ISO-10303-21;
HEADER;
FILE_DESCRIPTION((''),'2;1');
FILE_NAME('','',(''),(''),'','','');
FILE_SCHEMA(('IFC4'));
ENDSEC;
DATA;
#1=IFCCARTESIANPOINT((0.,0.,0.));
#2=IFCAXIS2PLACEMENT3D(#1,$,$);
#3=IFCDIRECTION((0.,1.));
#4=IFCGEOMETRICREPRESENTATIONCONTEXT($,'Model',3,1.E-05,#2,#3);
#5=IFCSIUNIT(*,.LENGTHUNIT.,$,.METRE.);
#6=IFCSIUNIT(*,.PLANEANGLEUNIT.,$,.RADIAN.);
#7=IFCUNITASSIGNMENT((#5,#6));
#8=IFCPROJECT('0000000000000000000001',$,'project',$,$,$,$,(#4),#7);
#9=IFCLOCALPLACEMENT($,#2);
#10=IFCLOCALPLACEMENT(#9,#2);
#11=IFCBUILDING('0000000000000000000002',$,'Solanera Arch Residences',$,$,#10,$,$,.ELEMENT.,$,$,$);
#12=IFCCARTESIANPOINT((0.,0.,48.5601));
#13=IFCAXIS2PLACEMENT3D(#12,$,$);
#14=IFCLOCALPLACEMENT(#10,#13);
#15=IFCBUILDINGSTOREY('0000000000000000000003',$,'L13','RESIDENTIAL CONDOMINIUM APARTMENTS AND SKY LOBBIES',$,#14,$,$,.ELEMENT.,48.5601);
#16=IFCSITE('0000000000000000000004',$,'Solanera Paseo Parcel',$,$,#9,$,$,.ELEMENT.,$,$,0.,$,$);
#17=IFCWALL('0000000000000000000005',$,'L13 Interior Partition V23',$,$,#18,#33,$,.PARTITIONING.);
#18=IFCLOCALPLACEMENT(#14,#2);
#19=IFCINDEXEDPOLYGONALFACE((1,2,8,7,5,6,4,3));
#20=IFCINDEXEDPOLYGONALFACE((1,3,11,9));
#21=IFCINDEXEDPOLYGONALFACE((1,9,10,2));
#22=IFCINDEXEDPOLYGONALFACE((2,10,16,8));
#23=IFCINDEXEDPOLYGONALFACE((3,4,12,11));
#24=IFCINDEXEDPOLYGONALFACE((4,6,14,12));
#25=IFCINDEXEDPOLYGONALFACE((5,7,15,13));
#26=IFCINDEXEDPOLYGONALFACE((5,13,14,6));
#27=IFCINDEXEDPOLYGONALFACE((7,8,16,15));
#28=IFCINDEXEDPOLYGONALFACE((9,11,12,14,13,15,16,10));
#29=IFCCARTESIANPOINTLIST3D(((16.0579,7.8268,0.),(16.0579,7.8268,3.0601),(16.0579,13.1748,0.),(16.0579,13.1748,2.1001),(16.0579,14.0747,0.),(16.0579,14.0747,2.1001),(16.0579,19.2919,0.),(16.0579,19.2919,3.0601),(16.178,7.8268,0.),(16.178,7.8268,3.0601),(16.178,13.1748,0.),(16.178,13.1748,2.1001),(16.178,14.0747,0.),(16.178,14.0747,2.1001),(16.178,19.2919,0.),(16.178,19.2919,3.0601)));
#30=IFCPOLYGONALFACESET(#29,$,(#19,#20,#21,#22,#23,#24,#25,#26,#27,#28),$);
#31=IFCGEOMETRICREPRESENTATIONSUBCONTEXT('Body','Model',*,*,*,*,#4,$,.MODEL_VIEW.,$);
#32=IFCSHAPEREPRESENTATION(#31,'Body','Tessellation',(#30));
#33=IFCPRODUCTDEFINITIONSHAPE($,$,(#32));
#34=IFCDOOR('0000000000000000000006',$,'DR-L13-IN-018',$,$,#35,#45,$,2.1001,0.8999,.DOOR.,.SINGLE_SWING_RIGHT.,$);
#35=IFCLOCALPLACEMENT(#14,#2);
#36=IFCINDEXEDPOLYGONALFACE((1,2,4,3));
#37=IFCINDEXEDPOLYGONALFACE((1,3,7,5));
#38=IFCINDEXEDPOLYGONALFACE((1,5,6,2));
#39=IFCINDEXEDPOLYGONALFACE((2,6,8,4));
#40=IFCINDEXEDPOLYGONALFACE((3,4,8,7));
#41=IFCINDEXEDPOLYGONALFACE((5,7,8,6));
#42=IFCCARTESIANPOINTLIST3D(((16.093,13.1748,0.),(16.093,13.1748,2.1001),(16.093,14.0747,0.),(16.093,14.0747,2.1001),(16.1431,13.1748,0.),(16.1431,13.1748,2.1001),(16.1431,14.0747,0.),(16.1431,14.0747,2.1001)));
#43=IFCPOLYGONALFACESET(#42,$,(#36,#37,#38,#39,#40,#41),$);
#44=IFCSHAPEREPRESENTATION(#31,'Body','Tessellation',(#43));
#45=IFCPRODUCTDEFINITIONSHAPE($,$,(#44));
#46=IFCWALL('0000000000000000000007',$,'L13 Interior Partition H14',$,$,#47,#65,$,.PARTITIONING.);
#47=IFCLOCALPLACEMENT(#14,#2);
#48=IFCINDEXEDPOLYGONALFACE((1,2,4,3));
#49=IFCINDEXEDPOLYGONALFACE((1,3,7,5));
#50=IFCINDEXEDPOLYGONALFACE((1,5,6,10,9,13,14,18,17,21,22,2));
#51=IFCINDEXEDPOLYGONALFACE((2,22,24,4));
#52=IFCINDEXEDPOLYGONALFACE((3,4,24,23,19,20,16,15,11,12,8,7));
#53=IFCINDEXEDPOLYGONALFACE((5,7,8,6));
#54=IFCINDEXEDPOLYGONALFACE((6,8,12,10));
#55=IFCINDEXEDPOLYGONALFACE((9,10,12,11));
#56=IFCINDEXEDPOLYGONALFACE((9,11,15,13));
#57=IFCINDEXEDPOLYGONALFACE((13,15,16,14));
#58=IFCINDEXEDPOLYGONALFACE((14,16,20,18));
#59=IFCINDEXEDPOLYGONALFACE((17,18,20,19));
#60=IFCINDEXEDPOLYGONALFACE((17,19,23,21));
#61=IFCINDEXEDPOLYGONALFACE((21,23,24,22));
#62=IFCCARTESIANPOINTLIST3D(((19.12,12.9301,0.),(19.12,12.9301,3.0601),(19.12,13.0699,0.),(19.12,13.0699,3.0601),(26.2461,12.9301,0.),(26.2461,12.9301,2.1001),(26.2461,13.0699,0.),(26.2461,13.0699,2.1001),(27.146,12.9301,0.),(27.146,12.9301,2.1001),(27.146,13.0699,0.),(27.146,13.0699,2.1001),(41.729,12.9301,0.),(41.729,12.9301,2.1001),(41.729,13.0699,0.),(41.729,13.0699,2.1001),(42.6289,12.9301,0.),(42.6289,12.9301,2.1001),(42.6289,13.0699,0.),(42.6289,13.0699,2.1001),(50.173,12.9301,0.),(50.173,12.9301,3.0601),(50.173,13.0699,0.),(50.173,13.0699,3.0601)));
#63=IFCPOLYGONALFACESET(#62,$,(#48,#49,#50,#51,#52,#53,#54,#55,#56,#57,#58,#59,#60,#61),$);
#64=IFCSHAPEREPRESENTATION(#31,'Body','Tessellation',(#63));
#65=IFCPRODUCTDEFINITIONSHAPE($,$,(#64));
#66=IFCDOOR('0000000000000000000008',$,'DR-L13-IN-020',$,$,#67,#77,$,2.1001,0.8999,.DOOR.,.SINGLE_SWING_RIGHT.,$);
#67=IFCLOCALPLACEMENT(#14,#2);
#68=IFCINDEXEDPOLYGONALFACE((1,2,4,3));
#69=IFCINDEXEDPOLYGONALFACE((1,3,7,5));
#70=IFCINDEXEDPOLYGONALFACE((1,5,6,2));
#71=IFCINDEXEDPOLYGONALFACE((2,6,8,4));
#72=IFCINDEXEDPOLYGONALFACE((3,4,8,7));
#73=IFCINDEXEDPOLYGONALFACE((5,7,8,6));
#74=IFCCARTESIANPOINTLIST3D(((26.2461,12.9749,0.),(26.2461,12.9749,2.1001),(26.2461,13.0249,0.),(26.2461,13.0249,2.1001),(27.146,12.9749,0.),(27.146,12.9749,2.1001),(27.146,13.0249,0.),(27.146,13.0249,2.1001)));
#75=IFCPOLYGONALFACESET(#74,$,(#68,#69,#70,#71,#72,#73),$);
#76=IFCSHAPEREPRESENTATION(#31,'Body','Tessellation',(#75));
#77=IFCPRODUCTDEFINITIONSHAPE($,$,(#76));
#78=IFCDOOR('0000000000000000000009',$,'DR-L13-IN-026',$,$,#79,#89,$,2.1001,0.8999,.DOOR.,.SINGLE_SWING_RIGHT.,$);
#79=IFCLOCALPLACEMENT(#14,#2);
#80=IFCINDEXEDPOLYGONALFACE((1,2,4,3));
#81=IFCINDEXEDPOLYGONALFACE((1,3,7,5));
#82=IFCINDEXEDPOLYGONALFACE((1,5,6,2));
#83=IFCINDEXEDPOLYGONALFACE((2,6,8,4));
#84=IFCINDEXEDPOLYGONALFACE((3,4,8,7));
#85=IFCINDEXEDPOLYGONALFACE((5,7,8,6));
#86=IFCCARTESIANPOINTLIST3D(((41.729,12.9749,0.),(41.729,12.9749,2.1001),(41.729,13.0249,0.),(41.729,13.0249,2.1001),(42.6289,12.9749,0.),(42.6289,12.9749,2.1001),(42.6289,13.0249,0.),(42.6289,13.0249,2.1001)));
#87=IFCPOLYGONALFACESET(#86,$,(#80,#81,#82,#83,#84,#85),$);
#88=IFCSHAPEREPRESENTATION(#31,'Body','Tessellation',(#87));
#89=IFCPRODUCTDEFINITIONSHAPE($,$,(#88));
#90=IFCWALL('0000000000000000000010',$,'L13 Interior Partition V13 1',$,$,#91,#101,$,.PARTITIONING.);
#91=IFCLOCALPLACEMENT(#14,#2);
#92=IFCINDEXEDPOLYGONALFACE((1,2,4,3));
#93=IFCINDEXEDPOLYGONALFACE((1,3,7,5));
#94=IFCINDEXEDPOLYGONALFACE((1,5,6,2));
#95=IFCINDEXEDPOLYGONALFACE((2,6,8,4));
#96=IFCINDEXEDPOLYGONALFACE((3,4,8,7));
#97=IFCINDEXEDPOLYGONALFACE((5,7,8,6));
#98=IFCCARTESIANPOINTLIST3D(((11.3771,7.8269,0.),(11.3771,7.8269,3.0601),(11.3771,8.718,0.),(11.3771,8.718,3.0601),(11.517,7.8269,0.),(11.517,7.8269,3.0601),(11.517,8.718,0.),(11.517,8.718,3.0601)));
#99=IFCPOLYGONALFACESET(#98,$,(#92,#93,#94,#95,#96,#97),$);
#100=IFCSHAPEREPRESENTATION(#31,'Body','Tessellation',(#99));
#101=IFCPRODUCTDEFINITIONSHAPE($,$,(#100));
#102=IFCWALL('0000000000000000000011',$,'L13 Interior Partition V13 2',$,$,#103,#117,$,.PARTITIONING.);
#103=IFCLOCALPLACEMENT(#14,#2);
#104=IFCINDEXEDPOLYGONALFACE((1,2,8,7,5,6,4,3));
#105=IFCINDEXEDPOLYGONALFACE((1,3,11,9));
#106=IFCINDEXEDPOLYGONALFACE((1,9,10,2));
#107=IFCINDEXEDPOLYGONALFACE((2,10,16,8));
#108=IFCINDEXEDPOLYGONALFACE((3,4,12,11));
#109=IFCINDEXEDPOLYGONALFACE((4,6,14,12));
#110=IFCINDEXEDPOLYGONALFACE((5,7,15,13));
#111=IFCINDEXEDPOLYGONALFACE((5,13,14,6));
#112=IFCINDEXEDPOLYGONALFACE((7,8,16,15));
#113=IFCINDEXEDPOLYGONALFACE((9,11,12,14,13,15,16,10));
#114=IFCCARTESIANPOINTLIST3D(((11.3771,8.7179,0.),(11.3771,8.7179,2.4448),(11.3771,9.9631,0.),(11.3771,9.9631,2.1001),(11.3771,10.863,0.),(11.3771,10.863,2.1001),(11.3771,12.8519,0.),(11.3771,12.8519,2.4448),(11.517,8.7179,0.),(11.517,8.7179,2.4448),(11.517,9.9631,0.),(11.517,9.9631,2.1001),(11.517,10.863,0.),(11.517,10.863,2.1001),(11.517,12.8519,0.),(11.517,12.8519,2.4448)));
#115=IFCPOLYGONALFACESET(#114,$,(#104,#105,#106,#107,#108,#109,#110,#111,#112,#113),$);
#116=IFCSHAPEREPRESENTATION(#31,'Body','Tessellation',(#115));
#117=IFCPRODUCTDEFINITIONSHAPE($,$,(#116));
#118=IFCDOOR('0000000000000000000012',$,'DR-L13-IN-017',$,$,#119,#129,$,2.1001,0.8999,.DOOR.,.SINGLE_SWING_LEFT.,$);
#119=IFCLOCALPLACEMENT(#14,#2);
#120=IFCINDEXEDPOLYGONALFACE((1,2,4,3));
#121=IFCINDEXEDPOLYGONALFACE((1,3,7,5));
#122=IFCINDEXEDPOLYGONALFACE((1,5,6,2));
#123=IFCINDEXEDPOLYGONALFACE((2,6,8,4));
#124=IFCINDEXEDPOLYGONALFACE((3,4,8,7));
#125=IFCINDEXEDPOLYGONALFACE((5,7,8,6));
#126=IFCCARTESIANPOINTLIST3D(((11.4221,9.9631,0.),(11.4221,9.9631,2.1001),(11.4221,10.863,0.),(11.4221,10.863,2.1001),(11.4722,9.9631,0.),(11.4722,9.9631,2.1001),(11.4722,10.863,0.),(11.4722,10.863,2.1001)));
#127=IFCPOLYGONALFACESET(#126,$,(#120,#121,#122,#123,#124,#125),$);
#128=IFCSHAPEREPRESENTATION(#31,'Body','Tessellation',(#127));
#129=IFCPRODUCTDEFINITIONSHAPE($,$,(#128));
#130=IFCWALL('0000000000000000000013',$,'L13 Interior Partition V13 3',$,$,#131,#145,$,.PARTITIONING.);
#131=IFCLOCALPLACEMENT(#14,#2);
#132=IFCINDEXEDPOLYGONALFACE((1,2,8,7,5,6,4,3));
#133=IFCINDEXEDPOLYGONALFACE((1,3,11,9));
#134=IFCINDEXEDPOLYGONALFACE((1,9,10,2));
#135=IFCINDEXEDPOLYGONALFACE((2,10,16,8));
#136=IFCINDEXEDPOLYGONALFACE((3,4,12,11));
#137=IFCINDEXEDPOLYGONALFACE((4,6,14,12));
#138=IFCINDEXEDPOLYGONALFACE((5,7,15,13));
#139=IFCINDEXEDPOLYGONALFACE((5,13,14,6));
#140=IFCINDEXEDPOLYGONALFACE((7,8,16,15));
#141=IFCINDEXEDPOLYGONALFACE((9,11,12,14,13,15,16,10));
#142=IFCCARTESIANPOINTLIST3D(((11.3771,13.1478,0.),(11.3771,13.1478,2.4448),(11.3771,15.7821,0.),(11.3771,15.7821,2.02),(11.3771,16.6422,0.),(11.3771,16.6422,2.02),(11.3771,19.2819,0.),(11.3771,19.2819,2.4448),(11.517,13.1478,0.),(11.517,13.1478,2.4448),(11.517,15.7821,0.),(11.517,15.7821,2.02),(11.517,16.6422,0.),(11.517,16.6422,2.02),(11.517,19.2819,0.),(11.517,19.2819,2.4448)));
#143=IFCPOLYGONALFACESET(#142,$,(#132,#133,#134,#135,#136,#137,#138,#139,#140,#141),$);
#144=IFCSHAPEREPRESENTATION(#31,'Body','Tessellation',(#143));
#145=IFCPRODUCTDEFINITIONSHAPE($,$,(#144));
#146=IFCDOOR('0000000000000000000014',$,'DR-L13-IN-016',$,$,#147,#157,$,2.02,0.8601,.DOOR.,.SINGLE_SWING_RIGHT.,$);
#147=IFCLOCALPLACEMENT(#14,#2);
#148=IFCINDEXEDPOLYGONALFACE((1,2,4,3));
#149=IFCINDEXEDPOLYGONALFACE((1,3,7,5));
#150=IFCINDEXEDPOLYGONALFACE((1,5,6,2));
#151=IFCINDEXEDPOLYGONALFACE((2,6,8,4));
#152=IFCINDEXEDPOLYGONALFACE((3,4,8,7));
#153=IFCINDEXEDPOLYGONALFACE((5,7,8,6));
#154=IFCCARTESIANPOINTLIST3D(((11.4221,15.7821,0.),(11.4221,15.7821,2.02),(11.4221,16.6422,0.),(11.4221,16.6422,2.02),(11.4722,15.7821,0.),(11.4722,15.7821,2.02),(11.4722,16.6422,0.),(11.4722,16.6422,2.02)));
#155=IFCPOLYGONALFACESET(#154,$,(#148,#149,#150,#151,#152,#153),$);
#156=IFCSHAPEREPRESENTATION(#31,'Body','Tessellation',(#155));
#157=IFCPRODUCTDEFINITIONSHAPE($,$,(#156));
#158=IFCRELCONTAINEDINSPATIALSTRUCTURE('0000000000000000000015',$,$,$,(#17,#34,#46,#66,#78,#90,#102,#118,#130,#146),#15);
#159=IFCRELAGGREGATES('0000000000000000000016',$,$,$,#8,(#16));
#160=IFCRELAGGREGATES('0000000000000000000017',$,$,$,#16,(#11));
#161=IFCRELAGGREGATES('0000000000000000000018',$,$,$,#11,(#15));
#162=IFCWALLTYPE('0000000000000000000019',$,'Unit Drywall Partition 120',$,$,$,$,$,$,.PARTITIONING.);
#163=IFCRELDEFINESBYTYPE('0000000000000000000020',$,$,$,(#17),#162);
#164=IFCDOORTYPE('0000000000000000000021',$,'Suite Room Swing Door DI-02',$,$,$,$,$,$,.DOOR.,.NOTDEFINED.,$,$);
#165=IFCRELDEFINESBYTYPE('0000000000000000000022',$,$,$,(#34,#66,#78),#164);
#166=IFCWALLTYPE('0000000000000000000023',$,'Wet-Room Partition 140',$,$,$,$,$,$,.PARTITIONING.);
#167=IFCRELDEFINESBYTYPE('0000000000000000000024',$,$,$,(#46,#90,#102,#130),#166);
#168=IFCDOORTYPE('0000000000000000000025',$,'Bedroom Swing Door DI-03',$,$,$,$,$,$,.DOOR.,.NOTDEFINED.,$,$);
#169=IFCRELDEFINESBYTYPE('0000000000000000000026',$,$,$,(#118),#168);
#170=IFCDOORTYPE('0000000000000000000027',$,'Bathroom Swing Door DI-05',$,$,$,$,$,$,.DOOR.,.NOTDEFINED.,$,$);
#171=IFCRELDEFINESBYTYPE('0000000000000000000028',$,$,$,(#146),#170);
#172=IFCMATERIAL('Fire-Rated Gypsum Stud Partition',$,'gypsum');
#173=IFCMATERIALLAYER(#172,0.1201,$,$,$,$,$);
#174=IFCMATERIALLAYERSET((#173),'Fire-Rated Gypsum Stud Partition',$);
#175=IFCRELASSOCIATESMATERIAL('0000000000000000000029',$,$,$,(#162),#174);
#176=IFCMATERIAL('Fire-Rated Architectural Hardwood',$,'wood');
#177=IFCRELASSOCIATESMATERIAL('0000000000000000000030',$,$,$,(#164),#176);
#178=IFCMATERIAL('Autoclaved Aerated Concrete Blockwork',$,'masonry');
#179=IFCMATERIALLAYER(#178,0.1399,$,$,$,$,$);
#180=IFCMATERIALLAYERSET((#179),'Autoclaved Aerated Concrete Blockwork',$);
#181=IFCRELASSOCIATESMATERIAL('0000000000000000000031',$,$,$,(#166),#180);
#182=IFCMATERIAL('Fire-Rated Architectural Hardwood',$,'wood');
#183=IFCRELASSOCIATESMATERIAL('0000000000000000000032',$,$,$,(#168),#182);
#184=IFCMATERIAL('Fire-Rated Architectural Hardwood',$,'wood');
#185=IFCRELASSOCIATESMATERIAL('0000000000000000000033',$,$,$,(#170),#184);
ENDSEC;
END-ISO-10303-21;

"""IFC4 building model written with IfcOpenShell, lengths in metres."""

from ifc_helpers import new_model, si_unit, direction, frame, frame_2d, origin, place, context, subcontext, project, spatial, rectangle, extrude, material, layer, layer_set, type_object, element, fill, save


model = new_model("IFC4")

# Units and contexts
model_context = context("Model", 3, precision=1e-05, world=origin(), true_north=direction((0.0, 1.0)))
body_context = subcontext(model_context, "Body", "Model", "MODEL_VIEW")
ifc_project = project(units=[si_unit("LENGTHUNIT", "METRE"), si_unit("PLANEANGLEUNIT", "RADIAN")], contexts=[model_context])

# Site, building, storey
site_placement = place(None, origin())
site = spatial("IfcSite", under=ifc_project, at=site_placement, Name="Solanera Paseo Parcel", CompositionType="ELEMENT", RefElevation=0.0)
building_placement = place(site_placement, origin())
building = spatial("IfcBuilding", under=site, at=building_placement, Name="Solanera Arch Residences", CompositionType="ELEMENT")
storey_placement = place(building_placement, frame((0.0, 0.0, 48.5601)))
storey = spatial("IfcBuildingStorey", under=building, at=storey_placement, Name="L13", Description="RESIDENTIAL CONDOMINIUM APARTMENTS AND SKY LOBBIES", CompositionType="ELEMENT", Elevation=48.5601)

# Wall, opening, door
ifc_material_1 = material(Name="Fire-Rated Gypsum Stud Partition", Category="gypsum")
ifc_layer_1 = layer(ifc_material_1, 0.1201)
ifc_layer_set_1 = layer_set([ifc_layer_1], Name="Fire-Rated Gypsum Stud Partition")
wall_type_1 = type_object("IfcWallType", Name="Unit Drywall Partition 120", PredefinedType="PARTITIONING", material=ifc_layer_set_1)
wall_1_placement = place(storey_placement, frame((16.1179, 7.8269, 0.0), z_axis=(0.0, 0.0, 1.0), x_axis=(0.0, 1.0, 0.0)))
wall_1 = element("IfcWall", 1, at=wall_1_placement, inside=storey, type_object=wall_type_1, Name="L13 Interior Partition V23", PredefinedType="PARTITIONING", context=body_context, shape_type="SweptSolid", body=[
    extrude(rectangle(XDim=11.4651, YDim=0.1201, at=frame_2d((5.7324, 0.0))), origin(), (0.0, 0.0, 1.0), 3.0601),
])
opening_1_placement = place(wall_1_placement, frame((5.3479, 0.0, 0.0)))
opening_1 = element("IfcOpeningElement", 2, at=opening_1_placement, cuts=wall_1, PredefinedType="OPENING", context=body_context, shape_type="SweptSolid", body=[
    extrude(rectangle(XDim=0.8999, YDim=2.1001, at=frame_2d((0.45, 1.05))), frame((0.0, 0.0701, 0.0), z_axis=(0.0, -1.0, 0.0), x_axis=(1.0, 0.0, 0.0)), (0.0, 0.0, 1.0), 0.1401),
])
ifc_material_2 = material(Name="Fire-Rated Architectural Hardwood", Category="wood")
door_type_1 = type_object("IfcDoorType", Name="Suite Room Swing Door DI-02", OperationType="NOTDEFINED", PredefinedType="DOOR", material=ifc_material_2)
door_1_placement = place(opening_1_placement, origin())
door_1 = element("IfcDoor", 3, at=door_1_placement, inside=storey, type_object=door_type_1, Name="DR-L13-IN-018", OperationType="SINGLE_SWING_RIGHT", OverallHeight=2.1001, OverallWidth=0.8999, PredefinedType="DOOR", context=body_context, shape_type="SweptSolid", body=[
    extrude(rectangle(XDim=0.8999, YDim=2.1001, at=frame_2d((0.45, 1.05))), frame((0.0, 0.0249, 0.0), z_axis=(0.0, -1.0, 0.0), x_axis=(1.0, 0.0, 0.0)), (0.0, 0.0, 1.0), 0.05),
])
fill(opening_1, door_1)

# Wall, openings, doors
ifc_material_3 = material(Name="Autoclaved Aerated Concrete Blockwork", Category="masonry")
ifc_layer_2 = layer(ifc_material_3, 0.1399)
ifc_layer_set_2 = layer_set([ifc_layer_2], Name="Autoclaved Aerated Concrete Blockwork")
wall_type_2 = type_object("IfcWallType", Name="Wet-Room Partition 140", PredefinedType="PARTITIONING", material=ifc_layer_set_2)
wall_2_placement = place(storey_placement, frame((19.1201, 13.0, 0.0), z_axis=(0.0, 0.0, 1.0), x_axis=(1.0, 0.0, 0.0)))
wall_2 = element("IfcWall", 4, at=wall_2_placement, inside=storey, type_object=wall_type_2, Name="L13 Interior Partition H14", PredefinedType="PARTITIONING", context=body_context, shape_type="SweptSolid", body=[
    extrude(rectangle(XDim=31.053, YDim=0.1399, at=frame_2d((15.5264, 0.0))), origin(), (0.0, 0.0, 1.0), 3.0601),
])
opening_2_placement = place(wall_2_placement, frame((7.126, 0.0, 0.0)))
opening_2 = element("IfcOpeningElement", 5, at=opening_2_placement, cuts=wall_2, PredefinedType="OPENING", context=body_context, shape_type="SweptSolid", body=[
    extrude(rectangle(XDim=0.8999, YDim=2.1001, at=frame_2d((0.45, 1.05))), frame((0.0, 0.0798, 0.0), z_axis=(0.0, -1.0, 0.0), x_axis=(1.0, 0.0, 0.0)), (0.0, 0.0, 1.0), 0.1599),
])
opening_3_placement = place(wall_2_placement, frame((22.6089, 0.0, 0.0)))
opening_3 = element("IfcOpeningElement", 6, at=opening_3_placement, cuts=wall_2, PredefinedType="OPENING", context=body_context, shape_type="SweptSolid", body=[
    extrude(rectangle(XDim=0.8999, YDim=2.1001, at=frame_2d((0.45, 1.05))), frame((0.0, 0.0798, 0.0), z_axis=(0.0, -1.0, 0.0), x_axis=(1.0, 0.0, 0.0)), (0.0, 0.0, 1.0), 0.1599),
])
door_2_placement = place(opening_2_placement, origin())
door_2 = element("IfcDoor", 7, at=door_2_placement, inside=storey, type_object=door_type_1, Name="DR-L13-IN-020", OperationType="SINGLE_SWING_RIGHT", OverallHeight=2.1001, OverallWidth=0.8999, PredefinedType="DOOR", context=body_context, shape_type="SweptSolid", body=[
    extrude(rectangle(XDim=0.8999, YDim=2.1001, at=frame_2d((0.45, 1.05))), frame((0.0, 0.0249, 0.0), z_axis=(0.0, -1.0, 0.0), x_axis=(1.0, 0.0, 0.0)), (0.0, 0.0, 1.0), 0.05),
])
fill(opening_2, door_2)
door_3_placement = place(opening_3_placement, origin())
door_3 = element("IfcDoor", 8, at=door_3_placement, inside=storey, type_object=door_type_1, Name="DR-L13-IN-026", OperationType="SINGLE_SWING_RIGHT", OverallHeight=2.1001, OverallWidth=0.8999, PredefinedType="DOOR", context=body_context, shape_type="SweptSolid", body=[
    extrude(rectangle(XDim=0.8999, YDim=2.1001, at=frame_2d((0.45, 1.05))), frame((0.0, 0.0249, 0.0), z_axis=(0.0, -1.0, 0.0), x_axis=(1.0, 0.0, 0.0)), (0.0, 0.0, 1.0), 0.05),
])
fill(opening_3, door_3)

# Wall
wall_3_placement = place(storey_placement, frame((11.447, 7.8269, 0.0), z_axis=(0.0, 0.0, 1.0), x_axis=(0.0, 1.0, 0.0)))
element("IfcWall", 9, at=wall_3_placement, inside=storey, type_object=wall_type_2, Name="L13 Interior Partition V13 1", PredefinedType="PARTITIONING", context=body_context, shape_type="SweptSolid", body=[
    extrude(rectangle(XDim=0.8911, YDim=0.1399, at=frame_2d((0.4456, 0.0))), origin(), (0.0, 0.0, 1.0), 3.0601),
])

# Walls, openings, doors
wall_4_placement = place(storey_placement, frame((11.447, 8.718, 0.0), z_axis=(0.0, 0.0, 1.0), x_axis=(0.0, 1.0, 0.0)))
wall_4 = element("IfcWall", 10, at=wall_4_placement, inside=storey, type_object=wall_type_2, Name="L13 Interior Partition V13 2", PredefinedType="PARTITIONING", context=body_context, shape_type="SweptSolid", body=[
    extrude(rectangle(XDim=4.134, YDim=0.1399, at=frame_2d((2.0669, 0.0))), origin(), (0.0, 0.0, 1.0), 2.4448),
])
opening_4_placement = place(wall_4_placement, frame((1.2451, 0.0, 0.0)))
opening_4 = element("IfcOpeningElement", 11, at=opening_4_placement, cuts=wall_4, PredefinedType="OPENING", context=body_context, shape_type="SweptSolid", body=[
    extrude(rectangle(XDim=0.8999, YDim=2.1001, at=frame_2d((0.45, 1.05))), frame((0.0, 0.0798, 0.0), z_axis=(0.0, -1.0, 0.0), x_axis=(1.0, 0.0, 0.0)), (0.0, 0.0, 1.0), 0.1599),
])
ifc_material_4 = material(Name="Fire-Rated Architectural Hardwood", Category="wood")
door_type_2 = type_object("IfcDoorType", Name="Bedroom Swing Door DI-03", OperationType="NOTDEFINED", PredefinedType="DOOR", material=ifc_material_4)
door_4_placement = place(opening_4_placement, origin())
door_4 = element("IfcDoor", 12, at=door_4_placement, inside=storey, type_object=door_type_2, Name="DR-L13-IN-017", OperationType="SINGLE_SWING_LEFT", OverallHeight=2.1001, OverallWidth=0.8999, PredefinedType="DOOR", context=body_context, shape_type="SweptSolid", body=[
    extrude(rectangle(XDim=0.8999, YDim=2.1001, at=frame_2d((0.45, 1.05))), frame((0.0, 0.0249, 0.0), z_axis=(0.0, -1.0, 0.0), x_axis=(1.0, 0.0, 0.0)), (0.0, 0.0, 1.0), 0.05),
])
fill(opening_4, door_4)
wall_5_placement = place(storey_placement, frame((11.447, 13.1479, 0.0), z_axis=(0.0, 0.0, 1.0), x_axis=(0.0, 1.0, 0.0)))
wall_5 = element("IfcWall", 13, at=wall_5_placement, inside=storey, type_object=wall_type_2, Name="L13 Interior Partition V13 3", PredefinedType="PARTITIONING", context=body_context, shape_type="SweptSolid", body=[
    extrude(rectangle(XDim=6.134, YDim=0.1399, at=frame_2d((3.0669, 0.0))), origin(), (0.0, 0.0, 1.0), 2.4448),
])
opening_5_placement = place(wall_5_placement, frame((2.634, 0.0, 0.0)))
opening_5 = element("IfcOpeningElement", 14, at=opening_5_placement, cuts=wall_5, PredefinedType="OPENING", context=body_context, shape_type="SweptSolid", body=[
    extrude(rectangle(XDim=0.8601, YDim=2.02, at=frame_2d((0.4302, 1.01))), frame((0.0, 0.0798, 0.0), z_axis=(0.0, -1.0, 0.0), x_axis=(1.0, 0.0, 0.0)), (0.0, 0.0, 1.0), 0.1599),
])
ifc_material_5 = material(Name="Fire-Rated Architectural Hardwood", Category="wood")
door_type_3 = type_object("IfcDoorType", Name="Bathroom Swing Door DI-05", OperationType="NOTDEFINED", PredefinedType="DOOR", material=ifc_material_5)
door_5_placement = place(opening_5_placement, origin())
door_5 = element("IfcDoor", 15, at=door_5_placement, inside=storey, type_object=door_type_3, Name="DR-L13-IN-016", OperationType="SINGLE_SWING_RIGHT", OverallHeight=2.02, OverallWidth=0.8601, PredefinedType="DOOR", context=body_context, shape_type="SweptSolid", body=[
    extrude(rectangle(XDim=0.8601, YDim=2.02, at=frame_2d((0.4302, 1.01))), frame((0.0, 0.0249, 0.0), z_axis=(0.0, -1.0, 0.0), x_axis=(1.0, 0.0, 0.0)), (0.0, 0.0, 1.0), 0.05),
])
fill(opening_5, door_5)

save(model, "model.ifc")
